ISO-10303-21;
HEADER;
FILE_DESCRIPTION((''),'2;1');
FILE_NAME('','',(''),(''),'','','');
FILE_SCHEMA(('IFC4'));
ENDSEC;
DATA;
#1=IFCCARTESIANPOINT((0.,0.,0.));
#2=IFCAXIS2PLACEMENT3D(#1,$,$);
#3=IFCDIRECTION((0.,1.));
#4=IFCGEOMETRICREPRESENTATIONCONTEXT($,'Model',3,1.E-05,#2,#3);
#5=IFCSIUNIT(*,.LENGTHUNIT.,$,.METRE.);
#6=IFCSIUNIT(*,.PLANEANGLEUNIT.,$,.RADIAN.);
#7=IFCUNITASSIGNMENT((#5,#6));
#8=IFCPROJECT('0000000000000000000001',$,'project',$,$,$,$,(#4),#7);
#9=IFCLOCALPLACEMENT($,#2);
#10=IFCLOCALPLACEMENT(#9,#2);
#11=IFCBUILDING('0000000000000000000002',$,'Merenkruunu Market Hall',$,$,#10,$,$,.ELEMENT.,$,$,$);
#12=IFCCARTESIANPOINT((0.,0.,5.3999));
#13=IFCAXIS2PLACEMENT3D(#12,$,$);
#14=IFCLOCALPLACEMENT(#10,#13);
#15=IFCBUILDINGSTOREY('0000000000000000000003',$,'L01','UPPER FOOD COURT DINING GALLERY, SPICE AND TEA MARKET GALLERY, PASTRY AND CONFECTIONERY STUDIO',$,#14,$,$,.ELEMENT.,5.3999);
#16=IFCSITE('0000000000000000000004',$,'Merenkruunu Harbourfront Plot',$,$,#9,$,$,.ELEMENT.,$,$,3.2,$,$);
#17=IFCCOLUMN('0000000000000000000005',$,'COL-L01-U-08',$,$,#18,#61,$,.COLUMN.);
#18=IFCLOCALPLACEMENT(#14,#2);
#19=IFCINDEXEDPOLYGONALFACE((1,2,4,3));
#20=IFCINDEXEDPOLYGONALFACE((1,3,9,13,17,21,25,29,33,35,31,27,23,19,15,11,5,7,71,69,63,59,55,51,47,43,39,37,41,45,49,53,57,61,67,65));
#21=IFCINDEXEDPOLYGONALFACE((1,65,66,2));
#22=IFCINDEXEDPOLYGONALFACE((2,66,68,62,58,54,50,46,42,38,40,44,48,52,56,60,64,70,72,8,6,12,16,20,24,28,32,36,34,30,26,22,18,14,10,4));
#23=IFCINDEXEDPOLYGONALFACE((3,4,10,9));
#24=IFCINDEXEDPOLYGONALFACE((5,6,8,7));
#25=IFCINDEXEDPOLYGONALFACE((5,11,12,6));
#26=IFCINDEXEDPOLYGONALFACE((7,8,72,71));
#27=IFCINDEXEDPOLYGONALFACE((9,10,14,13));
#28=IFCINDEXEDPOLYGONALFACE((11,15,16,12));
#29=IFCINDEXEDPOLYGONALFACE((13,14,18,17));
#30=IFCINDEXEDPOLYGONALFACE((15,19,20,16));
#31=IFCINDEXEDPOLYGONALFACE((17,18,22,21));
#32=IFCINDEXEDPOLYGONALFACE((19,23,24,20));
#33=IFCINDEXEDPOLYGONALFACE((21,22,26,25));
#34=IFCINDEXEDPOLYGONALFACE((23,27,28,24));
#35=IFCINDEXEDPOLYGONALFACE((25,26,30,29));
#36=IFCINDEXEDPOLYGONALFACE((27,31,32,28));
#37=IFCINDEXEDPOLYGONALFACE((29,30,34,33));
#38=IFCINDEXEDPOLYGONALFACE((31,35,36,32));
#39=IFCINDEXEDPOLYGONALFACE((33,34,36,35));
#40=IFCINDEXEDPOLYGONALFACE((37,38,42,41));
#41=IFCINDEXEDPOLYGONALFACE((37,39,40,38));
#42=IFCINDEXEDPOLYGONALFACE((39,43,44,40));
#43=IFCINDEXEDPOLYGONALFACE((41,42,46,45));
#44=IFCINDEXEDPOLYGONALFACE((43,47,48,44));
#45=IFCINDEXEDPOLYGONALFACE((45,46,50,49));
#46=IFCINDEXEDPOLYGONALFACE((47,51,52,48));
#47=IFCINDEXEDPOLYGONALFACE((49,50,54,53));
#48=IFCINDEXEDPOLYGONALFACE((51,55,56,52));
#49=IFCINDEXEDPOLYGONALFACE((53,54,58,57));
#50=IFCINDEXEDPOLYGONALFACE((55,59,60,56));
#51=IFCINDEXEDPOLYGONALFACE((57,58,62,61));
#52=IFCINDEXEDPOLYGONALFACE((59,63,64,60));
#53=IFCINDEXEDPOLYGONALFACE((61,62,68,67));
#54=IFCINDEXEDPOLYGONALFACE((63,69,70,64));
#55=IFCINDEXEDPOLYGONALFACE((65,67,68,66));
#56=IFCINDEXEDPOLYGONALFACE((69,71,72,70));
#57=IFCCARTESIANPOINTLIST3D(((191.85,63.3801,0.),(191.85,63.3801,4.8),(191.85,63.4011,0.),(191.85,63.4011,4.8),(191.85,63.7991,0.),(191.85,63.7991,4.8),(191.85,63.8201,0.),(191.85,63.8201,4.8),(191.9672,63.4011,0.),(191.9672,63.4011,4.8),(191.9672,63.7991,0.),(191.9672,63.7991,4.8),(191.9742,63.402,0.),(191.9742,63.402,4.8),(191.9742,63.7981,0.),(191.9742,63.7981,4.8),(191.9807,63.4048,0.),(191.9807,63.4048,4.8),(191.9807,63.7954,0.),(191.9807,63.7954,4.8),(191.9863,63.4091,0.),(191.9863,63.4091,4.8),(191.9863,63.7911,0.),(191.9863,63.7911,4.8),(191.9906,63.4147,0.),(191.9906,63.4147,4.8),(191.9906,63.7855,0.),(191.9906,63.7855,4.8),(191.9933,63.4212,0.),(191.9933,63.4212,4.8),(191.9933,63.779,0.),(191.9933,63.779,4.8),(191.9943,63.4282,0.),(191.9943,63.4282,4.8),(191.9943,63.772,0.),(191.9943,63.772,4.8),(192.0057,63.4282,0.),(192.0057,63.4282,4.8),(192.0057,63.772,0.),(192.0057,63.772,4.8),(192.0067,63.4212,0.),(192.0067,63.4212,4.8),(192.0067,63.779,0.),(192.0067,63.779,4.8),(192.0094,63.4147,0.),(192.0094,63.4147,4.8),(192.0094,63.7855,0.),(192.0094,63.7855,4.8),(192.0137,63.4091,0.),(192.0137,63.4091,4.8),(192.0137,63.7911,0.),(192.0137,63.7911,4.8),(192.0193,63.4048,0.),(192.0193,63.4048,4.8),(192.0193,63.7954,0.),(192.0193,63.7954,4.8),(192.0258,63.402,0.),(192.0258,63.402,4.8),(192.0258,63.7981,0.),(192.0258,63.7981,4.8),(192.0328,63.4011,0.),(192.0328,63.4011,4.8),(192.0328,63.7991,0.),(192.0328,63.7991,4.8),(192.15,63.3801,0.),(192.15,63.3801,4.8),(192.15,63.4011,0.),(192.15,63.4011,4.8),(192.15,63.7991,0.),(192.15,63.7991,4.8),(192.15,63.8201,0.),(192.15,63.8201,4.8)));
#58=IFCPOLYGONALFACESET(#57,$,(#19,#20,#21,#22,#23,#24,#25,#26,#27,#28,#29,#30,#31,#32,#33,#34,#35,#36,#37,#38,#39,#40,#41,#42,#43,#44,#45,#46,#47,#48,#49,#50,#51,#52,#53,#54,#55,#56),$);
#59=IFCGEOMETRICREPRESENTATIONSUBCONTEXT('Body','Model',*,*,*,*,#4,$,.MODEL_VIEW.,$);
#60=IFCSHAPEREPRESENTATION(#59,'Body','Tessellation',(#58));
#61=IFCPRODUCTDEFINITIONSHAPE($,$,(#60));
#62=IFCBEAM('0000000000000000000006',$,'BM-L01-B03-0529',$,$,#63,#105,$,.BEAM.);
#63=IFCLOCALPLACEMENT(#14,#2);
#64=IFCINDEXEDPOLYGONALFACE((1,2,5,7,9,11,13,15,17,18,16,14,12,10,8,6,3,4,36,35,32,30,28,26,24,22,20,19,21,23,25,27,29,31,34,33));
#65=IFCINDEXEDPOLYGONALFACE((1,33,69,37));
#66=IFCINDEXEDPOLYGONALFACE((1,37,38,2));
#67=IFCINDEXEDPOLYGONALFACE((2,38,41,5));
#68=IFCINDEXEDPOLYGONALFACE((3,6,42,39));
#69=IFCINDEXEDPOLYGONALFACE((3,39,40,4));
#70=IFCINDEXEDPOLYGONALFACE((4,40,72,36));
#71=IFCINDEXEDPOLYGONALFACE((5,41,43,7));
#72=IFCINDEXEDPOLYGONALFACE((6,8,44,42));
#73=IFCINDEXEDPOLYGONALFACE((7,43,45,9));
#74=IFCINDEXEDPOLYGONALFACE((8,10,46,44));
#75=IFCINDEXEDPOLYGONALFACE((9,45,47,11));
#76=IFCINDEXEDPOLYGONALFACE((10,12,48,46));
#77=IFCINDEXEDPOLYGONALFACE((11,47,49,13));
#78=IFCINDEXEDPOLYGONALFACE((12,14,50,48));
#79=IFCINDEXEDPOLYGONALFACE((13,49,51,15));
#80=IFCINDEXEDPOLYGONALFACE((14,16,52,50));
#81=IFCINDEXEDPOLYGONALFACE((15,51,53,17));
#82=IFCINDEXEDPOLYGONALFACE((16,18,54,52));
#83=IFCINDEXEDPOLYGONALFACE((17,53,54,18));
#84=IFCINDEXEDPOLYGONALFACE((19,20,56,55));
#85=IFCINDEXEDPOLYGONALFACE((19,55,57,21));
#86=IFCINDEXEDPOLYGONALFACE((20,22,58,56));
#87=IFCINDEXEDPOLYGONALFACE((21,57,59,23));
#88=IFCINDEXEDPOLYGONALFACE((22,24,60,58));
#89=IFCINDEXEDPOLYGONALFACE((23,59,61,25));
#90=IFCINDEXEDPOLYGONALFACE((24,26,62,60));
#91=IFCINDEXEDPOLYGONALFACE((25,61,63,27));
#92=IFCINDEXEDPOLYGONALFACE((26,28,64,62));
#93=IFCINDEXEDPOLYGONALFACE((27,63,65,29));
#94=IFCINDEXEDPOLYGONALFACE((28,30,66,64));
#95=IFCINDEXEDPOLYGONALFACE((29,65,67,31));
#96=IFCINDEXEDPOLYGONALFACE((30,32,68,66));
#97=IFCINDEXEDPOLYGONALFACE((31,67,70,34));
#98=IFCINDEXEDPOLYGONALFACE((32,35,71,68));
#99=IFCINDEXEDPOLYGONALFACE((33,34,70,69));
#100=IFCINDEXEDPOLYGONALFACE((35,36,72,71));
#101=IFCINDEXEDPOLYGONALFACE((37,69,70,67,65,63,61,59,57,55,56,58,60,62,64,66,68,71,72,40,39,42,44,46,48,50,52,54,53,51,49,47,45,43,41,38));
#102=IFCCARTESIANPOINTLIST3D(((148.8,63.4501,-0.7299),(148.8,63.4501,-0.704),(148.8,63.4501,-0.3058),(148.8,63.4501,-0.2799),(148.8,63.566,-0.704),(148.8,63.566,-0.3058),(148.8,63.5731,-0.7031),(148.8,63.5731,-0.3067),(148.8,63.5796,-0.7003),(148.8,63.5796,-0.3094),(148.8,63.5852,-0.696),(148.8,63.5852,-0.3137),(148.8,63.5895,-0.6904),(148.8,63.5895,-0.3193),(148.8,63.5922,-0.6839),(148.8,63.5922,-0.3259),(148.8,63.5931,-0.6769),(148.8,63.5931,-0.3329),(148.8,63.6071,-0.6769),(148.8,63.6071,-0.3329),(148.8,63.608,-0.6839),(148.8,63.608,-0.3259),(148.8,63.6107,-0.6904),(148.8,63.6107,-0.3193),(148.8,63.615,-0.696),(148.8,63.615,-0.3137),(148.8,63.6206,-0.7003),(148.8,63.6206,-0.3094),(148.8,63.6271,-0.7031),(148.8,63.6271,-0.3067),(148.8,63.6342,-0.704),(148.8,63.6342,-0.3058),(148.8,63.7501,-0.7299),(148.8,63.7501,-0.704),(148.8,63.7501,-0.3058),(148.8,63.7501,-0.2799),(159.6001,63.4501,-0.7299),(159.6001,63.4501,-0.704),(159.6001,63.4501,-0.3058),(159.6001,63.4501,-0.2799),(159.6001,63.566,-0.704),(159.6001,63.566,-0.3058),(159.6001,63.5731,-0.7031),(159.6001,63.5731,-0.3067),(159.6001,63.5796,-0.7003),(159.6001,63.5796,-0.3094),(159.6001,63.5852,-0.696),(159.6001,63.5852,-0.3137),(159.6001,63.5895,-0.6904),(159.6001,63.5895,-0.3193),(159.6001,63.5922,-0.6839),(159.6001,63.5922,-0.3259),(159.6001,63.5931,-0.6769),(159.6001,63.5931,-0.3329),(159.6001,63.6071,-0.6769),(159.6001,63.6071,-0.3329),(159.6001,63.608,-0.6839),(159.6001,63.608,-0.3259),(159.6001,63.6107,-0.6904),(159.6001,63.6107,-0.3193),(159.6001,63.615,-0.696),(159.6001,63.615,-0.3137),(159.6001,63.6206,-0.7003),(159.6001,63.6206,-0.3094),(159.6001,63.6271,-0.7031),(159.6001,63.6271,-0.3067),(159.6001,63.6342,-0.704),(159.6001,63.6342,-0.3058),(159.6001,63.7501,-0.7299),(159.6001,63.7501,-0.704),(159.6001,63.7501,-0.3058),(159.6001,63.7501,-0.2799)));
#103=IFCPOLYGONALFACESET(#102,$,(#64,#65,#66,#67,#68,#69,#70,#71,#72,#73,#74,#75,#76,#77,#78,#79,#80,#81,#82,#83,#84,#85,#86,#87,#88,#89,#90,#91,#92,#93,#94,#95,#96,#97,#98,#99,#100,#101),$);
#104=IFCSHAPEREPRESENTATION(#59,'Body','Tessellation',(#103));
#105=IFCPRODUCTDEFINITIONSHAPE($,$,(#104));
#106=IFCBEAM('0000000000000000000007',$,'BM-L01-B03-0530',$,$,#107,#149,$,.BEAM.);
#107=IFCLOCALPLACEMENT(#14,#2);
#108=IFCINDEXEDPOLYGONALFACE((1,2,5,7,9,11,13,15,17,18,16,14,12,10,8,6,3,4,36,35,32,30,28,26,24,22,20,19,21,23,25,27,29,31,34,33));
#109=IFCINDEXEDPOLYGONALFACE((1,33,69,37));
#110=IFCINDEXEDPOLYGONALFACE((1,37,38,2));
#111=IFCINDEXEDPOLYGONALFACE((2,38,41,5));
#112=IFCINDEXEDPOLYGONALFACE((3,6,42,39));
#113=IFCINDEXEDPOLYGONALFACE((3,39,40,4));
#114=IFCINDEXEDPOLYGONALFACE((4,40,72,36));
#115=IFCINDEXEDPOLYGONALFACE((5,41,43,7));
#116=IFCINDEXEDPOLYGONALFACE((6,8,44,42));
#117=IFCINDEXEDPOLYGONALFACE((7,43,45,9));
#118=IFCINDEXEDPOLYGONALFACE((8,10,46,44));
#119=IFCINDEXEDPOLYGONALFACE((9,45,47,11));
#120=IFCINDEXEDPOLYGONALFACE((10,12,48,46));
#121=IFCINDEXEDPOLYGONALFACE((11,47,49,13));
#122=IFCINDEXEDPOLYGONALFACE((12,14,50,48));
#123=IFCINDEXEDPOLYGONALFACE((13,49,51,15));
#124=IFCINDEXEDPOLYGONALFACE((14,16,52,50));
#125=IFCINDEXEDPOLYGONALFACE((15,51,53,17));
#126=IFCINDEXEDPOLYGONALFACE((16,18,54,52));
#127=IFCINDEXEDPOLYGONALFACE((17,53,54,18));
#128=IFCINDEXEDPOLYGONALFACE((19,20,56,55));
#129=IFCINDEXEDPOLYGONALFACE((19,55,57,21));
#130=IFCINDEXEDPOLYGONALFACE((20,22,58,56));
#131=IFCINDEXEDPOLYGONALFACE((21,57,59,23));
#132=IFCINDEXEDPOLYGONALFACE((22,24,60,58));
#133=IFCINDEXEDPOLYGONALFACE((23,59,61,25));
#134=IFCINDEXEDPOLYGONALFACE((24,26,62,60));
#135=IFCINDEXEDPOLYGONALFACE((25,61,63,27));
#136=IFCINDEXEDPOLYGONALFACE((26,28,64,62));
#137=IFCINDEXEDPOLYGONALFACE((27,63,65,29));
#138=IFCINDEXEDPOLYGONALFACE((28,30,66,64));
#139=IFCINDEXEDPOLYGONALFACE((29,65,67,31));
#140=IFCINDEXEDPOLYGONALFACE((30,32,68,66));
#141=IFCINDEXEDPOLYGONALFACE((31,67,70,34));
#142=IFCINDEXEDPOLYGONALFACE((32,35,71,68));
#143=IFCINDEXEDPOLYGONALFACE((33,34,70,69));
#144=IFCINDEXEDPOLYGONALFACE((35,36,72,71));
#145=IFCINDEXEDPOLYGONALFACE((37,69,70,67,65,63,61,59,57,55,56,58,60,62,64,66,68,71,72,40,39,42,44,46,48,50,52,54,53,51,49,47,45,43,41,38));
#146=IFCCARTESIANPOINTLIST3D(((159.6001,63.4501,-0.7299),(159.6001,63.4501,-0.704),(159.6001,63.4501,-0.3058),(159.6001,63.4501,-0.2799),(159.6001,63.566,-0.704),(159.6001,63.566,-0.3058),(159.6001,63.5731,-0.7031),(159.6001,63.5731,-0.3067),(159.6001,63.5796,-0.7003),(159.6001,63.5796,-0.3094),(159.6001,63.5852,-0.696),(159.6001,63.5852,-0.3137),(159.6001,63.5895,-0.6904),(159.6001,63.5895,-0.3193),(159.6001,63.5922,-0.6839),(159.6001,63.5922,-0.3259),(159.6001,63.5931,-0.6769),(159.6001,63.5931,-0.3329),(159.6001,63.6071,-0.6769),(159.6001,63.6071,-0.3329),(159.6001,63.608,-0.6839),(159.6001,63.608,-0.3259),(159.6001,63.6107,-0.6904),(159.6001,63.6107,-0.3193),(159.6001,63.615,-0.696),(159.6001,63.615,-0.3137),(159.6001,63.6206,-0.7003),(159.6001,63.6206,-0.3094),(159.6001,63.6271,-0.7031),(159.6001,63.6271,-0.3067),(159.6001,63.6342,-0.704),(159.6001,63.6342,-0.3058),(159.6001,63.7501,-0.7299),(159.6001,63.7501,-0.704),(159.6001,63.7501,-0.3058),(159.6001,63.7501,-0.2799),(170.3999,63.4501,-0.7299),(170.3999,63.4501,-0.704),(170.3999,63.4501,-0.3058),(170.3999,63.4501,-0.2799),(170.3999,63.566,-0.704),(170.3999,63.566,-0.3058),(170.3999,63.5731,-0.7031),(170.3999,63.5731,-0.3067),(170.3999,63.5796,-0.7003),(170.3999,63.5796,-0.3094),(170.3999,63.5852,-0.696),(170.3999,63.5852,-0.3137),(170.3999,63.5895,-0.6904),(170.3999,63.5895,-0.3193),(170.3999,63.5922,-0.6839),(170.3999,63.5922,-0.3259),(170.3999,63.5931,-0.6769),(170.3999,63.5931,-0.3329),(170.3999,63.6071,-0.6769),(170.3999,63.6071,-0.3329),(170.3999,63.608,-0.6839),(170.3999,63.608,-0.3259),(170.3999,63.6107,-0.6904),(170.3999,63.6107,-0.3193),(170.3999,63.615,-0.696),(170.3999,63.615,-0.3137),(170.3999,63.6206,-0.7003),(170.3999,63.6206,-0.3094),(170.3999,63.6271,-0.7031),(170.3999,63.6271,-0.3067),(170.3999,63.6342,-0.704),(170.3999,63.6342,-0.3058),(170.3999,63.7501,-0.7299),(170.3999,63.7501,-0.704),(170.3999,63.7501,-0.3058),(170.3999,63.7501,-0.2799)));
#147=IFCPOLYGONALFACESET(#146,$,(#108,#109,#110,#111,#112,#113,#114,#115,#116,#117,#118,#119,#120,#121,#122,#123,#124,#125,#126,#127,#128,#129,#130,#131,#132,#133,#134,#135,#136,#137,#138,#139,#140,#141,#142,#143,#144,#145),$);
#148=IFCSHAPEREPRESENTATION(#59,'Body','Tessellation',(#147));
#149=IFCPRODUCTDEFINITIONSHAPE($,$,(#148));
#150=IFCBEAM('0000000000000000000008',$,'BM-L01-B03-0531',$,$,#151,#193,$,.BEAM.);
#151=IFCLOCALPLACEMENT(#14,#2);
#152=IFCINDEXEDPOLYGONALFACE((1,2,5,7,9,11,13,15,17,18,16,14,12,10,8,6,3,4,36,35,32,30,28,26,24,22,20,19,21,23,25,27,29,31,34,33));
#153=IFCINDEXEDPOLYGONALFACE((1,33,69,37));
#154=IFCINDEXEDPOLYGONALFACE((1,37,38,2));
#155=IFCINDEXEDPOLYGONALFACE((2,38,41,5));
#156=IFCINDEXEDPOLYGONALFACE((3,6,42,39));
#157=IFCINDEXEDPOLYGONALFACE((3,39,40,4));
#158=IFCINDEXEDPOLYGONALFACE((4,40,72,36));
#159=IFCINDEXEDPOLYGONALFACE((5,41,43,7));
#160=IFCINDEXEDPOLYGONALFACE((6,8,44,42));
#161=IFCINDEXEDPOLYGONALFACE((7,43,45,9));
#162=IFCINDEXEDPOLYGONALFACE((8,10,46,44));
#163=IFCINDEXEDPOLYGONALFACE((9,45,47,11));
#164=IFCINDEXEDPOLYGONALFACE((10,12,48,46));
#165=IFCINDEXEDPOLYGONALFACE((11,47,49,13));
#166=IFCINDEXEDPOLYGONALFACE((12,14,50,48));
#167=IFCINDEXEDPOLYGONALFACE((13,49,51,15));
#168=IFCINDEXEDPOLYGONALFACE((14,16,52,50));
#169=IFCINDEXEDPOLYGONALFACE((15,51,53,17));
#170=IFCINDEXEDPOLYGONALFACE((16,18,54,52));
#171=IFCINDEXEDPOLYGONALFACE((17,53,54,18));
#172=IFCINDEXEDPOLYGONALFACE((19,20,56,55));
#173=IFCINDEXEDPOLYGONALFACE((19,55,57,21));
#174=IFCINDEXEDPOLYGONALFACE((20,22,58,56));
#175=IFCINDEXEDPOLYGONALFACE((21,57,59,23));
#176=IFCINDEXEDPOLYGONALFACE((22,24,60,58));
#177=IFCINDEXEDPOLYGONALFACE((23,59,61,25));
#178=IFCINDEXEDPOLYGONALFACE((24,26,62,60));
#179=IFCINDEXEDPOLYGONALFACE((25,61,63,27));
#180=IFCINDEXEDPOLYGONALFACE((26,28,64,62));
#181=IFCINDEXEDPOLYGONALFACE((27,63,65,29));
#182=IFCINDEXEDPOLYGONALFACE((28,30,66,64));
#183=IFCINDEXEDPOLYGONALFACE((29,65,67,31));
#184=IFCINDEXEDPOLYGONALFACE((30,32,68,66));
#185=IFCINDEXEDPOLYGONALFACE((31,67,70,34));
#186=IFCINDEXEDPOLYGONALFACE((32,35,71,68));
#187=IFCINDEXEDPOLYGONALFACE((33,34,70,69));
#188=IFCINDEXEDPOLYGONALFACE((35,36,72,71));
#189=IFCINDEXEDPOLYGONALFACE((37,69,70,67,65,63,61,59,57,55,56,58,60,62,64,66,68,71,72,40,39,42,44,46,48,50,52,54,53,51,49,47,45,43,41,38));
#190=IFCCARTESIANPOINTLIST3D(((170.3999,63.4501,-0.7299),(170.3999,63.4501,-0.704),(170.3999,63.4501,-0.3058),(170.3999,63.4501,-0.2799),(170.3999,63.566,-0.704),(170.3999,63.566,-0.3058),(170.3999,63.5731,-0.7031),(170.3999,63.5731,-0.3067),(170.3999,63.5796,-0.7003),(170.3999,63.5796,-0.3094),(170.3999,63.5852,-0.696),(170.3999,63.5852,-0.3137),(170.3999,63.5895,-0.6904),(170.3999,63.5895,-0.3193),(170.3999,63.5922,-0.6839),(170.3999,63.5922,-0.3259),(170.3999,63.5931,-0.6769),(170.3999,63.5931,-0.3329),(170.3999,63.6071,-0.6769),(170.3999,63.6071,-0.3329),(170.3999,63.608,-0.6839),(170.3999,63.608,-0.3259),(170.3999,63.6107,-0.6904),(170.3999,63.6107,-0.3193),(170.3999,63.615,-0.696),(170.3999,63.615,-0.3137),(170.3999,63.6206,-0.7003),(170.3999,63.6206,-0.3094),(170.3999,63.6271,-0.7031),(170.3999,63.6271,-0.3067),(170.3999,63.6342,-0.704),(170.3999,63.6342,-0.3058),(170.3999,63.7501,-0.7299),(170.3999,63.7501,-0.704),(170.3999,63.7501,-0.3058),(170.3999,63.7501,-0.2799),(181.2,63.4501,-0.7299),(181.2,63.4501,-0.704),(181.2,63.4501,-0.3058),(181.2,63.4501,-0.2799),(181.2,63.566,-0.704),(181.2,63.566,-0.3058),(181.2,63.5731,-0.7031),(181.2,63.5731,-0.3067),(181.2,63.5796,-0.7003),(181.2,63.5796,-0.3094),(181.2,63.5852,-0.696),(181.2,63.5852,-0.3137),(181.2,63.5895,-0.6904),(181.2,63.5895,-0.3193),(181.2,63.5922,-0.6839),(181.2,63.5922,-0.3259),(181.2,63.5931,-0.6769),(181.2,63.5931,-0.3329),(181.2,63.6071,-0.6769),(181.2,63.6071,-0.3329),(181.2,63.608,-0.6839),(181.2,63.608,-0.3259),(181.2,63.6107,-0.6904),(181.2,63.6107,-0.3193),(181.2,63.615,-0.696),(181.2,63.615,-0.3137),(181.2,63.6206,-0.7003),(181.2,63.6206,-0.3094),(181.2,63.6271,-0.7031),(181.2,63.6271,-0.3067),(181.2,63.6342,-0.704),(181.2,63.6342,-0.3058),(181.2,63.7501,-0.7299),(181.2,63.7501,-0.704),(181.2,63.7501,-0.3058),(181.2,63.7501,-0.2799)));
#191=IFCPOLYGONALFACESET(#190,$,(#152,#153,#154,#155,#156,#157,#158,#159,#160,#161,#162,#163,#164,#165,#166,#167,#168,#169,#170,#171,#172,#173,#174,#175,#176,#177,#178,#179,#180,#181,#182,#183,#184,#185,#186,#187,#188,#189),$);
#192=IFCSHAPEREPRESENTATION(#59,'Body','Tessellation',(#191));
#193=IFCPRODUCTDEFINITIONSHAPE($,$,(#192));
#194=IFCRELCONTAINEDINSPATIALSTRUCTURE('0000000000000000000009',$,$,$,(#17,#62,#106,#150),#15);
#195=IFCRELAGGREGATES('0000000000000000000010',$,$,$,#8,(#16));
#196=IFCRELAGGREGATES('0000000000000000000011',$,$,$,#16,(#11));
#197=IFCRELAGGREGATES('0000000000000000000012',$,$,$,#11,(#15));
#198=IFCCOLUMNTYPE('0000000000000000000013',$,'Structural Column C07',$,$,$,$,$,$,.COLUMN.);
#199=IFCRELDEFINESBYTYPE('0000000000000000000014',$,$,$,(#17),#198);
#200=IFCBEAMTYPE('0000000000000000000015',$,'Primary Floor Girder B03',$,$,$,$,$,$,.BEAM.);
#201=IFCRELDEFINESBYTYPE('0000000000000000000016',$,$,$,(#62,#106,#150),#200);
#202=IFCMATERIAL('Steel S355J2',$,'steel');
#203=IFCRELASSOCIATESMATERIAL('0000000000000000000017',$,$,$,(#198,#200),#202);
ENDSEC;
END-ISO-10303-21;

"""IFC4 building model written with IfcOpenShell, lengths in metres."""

from ifc_helpers import new_model, si_unit, direction, frame, origin, origin_2d, place, context, subcontext, project, spatial, i_section, extrude, material, material_profile, profile_set, type_object, element, save


model = new_model("IFC4")

# Units and contexts
model_context = context("Model", 3, precision=1e-05, world=origin(), true_north=direction((0.0, 1.0)))
body_context = subcontext(model_context, "Body", "Model", "MODEL_VIEW")
ifc_project = project(units=[si_unit("LENGTHUNIT", "METRE"), si_unit("PLANEANGLEUNIT", "RADIAN")], contexts=[model_context])

# Site, building, storey
site_placement = place(None, origin())
site = spatial("IfcSite", under=ifc_project, at=site_placement, Name="Merenkruunu Harbourfront Plot", CompositionType="ELEMENT", RefElevation=3.2)
building_placement = place(site_placement, origin())
building = spatial("IfcBuilding", under=site, at=building_placement, Name="Merenkruunu Market Hall", CompositionType="ELEMENT")
storey_placement = place(building_placement, frame((0.0, 0.0, 5.3999)))
storey = spatial("IfcBuildingStorey", under=building, at=storey_placement, Name="L01", Description="UPPER FOOD COURT DINING GALLERY, SPICE AND TEA MARKET GALLERY, PASTRY AND CONFECTIONERY STUDIO", CompositionType="ELEMENT", Elevation=5.3999)

# Column
ifc_material_1 = material(Name="Steel S355J2", Category="steel")
ifc_material_profile_1 = material_profile(ifc_material_1, i_section(OverallWidth=0.3, OverallDepth=0.4399, WebThickness=0.0115, FlangeThickness=0.021, FilletRadius=0.0271, at=origin_2d()), Name="HEA 450")
ifc_profile_set_1 = profile_set([ifc_material_profile_1], Name="Steel S355J2")
column_type = type_object("IfcColumnType", Name="Structural Column C07", PredefinedType="COLUMN", material=ifc_profile_set_1)
for number, where, z_axis, x_axis, name in (
    (1, (192.0, 63.6001, 0.0), (0.0, 0.0, 1.0), (1.0, 0.0, 0.0), "COL-L01-U-08"),
):
    element("IfcColumn", number, at=place(storey_placement, frame(where, z_axis=z_axis, x_axis=x_axis)), inside=storey, type_object=column_type, Name=name, PredefinedType="COLUMN", context=body_context, shape_type="SweptSolid", body=[
        extrude(i_section(OverallWidth=0.3, OverallDepth=0.4399, WebThickness=0.0115, FlangeThickness=0.021, FilletRadius=0.0271, at=origin_2d()), origin(), (0.0, 0.0, 1.0), 4.8),
    ])

# Beams
ifc_material_profile_2 = material_profile(ifc_material_1, i_section(OverallWidth=0.3, OverallDepth=0.45, WebThickness=0.0139, FlangeThickness=0.0259, FilletRadius=0.0271, at=origin_2d()), Name="HEB 450")
ifc_profile_set_2 = profile_set([ifc_material_profile_2], Name="Steel S355J2")
beam_type_1 = type_object("IfcBeamType", Name="Primary Floor Girder B03", PredefinedType="BEAM", material=ifc_profile_set_2)
beam_1_placement = place(storey_placement, frame((148.8, 63.6001, -0.5049), z_axis=(1.0, 0.0, 0.0), x_axis=(0.0, 1.0, 0.0)))
element("IfcBeam", 2, at=beam_1_placement, inside=storey, type_object=beam_type_1, Name="BM-L01-B03-0529", PredefinedType="BEAM", context=body_context, shape_type="SweptSolid", body=[
    extrude(i_section(OverallWidth=0.3, OverallDepth=0.45, WebThickness=0.0139, FlangeThickness=0.0259, FilletRadius=0.0271, at=origin_2d()), origin(), (0.0, 0.0, 1.0), 10.8),
])
beam_2_placement = place(storey_placement, frame((159.6001, 63.6001, -0.5049), z_axis=(1.0, 0.0, 0.0), x_axis=(0.0, 1.0, 0.0)))
element("IfcBeam", 3, at=beam_2_placement, inside=storey, type_object=beam_type_1, Name="BM-L01-B03-0530", PredefinedType="BEAM", context=body_context, shape_type="SweptSolid", body=[
    extrude(i_section(OverallWidth=0.3, OverallDepth=0.45, WebThickness=0.0139, FlangeThickness=0.0259, FilletRadius=0.0271, at=origin_2d()), origin(), (0.0, 0.0, 1.0), 10.7998),
])
for number, where, z_axis, x_axis, name in (
    (4, (170.3999, 63.6001, -0.5049), (1.0, 0.0, 0.0), (0.0, 1.0, 0.0), "BM-L01-B03-0531"),
):
    element("IfcBeam", number, at=place(storey_placement, frame(where, z_axis=z_axis, x_axis=x_axis)), inside=storey, type_object=beam_type_1, Name=name, PredefinedType="BEAM", context=body_context, shape_type="SweptSolid", body=[
        extrude(i_section(OverallWidth=0.3, OverallDepth=0.45, WebThickness=0.0139, FlangeThickness=0.0259, FilletRadius=0.0271, at=origin_2d()), origin(), (0.0, 0.0, 1.0), 10.8),
    ])

save(model, "model.ifc")
